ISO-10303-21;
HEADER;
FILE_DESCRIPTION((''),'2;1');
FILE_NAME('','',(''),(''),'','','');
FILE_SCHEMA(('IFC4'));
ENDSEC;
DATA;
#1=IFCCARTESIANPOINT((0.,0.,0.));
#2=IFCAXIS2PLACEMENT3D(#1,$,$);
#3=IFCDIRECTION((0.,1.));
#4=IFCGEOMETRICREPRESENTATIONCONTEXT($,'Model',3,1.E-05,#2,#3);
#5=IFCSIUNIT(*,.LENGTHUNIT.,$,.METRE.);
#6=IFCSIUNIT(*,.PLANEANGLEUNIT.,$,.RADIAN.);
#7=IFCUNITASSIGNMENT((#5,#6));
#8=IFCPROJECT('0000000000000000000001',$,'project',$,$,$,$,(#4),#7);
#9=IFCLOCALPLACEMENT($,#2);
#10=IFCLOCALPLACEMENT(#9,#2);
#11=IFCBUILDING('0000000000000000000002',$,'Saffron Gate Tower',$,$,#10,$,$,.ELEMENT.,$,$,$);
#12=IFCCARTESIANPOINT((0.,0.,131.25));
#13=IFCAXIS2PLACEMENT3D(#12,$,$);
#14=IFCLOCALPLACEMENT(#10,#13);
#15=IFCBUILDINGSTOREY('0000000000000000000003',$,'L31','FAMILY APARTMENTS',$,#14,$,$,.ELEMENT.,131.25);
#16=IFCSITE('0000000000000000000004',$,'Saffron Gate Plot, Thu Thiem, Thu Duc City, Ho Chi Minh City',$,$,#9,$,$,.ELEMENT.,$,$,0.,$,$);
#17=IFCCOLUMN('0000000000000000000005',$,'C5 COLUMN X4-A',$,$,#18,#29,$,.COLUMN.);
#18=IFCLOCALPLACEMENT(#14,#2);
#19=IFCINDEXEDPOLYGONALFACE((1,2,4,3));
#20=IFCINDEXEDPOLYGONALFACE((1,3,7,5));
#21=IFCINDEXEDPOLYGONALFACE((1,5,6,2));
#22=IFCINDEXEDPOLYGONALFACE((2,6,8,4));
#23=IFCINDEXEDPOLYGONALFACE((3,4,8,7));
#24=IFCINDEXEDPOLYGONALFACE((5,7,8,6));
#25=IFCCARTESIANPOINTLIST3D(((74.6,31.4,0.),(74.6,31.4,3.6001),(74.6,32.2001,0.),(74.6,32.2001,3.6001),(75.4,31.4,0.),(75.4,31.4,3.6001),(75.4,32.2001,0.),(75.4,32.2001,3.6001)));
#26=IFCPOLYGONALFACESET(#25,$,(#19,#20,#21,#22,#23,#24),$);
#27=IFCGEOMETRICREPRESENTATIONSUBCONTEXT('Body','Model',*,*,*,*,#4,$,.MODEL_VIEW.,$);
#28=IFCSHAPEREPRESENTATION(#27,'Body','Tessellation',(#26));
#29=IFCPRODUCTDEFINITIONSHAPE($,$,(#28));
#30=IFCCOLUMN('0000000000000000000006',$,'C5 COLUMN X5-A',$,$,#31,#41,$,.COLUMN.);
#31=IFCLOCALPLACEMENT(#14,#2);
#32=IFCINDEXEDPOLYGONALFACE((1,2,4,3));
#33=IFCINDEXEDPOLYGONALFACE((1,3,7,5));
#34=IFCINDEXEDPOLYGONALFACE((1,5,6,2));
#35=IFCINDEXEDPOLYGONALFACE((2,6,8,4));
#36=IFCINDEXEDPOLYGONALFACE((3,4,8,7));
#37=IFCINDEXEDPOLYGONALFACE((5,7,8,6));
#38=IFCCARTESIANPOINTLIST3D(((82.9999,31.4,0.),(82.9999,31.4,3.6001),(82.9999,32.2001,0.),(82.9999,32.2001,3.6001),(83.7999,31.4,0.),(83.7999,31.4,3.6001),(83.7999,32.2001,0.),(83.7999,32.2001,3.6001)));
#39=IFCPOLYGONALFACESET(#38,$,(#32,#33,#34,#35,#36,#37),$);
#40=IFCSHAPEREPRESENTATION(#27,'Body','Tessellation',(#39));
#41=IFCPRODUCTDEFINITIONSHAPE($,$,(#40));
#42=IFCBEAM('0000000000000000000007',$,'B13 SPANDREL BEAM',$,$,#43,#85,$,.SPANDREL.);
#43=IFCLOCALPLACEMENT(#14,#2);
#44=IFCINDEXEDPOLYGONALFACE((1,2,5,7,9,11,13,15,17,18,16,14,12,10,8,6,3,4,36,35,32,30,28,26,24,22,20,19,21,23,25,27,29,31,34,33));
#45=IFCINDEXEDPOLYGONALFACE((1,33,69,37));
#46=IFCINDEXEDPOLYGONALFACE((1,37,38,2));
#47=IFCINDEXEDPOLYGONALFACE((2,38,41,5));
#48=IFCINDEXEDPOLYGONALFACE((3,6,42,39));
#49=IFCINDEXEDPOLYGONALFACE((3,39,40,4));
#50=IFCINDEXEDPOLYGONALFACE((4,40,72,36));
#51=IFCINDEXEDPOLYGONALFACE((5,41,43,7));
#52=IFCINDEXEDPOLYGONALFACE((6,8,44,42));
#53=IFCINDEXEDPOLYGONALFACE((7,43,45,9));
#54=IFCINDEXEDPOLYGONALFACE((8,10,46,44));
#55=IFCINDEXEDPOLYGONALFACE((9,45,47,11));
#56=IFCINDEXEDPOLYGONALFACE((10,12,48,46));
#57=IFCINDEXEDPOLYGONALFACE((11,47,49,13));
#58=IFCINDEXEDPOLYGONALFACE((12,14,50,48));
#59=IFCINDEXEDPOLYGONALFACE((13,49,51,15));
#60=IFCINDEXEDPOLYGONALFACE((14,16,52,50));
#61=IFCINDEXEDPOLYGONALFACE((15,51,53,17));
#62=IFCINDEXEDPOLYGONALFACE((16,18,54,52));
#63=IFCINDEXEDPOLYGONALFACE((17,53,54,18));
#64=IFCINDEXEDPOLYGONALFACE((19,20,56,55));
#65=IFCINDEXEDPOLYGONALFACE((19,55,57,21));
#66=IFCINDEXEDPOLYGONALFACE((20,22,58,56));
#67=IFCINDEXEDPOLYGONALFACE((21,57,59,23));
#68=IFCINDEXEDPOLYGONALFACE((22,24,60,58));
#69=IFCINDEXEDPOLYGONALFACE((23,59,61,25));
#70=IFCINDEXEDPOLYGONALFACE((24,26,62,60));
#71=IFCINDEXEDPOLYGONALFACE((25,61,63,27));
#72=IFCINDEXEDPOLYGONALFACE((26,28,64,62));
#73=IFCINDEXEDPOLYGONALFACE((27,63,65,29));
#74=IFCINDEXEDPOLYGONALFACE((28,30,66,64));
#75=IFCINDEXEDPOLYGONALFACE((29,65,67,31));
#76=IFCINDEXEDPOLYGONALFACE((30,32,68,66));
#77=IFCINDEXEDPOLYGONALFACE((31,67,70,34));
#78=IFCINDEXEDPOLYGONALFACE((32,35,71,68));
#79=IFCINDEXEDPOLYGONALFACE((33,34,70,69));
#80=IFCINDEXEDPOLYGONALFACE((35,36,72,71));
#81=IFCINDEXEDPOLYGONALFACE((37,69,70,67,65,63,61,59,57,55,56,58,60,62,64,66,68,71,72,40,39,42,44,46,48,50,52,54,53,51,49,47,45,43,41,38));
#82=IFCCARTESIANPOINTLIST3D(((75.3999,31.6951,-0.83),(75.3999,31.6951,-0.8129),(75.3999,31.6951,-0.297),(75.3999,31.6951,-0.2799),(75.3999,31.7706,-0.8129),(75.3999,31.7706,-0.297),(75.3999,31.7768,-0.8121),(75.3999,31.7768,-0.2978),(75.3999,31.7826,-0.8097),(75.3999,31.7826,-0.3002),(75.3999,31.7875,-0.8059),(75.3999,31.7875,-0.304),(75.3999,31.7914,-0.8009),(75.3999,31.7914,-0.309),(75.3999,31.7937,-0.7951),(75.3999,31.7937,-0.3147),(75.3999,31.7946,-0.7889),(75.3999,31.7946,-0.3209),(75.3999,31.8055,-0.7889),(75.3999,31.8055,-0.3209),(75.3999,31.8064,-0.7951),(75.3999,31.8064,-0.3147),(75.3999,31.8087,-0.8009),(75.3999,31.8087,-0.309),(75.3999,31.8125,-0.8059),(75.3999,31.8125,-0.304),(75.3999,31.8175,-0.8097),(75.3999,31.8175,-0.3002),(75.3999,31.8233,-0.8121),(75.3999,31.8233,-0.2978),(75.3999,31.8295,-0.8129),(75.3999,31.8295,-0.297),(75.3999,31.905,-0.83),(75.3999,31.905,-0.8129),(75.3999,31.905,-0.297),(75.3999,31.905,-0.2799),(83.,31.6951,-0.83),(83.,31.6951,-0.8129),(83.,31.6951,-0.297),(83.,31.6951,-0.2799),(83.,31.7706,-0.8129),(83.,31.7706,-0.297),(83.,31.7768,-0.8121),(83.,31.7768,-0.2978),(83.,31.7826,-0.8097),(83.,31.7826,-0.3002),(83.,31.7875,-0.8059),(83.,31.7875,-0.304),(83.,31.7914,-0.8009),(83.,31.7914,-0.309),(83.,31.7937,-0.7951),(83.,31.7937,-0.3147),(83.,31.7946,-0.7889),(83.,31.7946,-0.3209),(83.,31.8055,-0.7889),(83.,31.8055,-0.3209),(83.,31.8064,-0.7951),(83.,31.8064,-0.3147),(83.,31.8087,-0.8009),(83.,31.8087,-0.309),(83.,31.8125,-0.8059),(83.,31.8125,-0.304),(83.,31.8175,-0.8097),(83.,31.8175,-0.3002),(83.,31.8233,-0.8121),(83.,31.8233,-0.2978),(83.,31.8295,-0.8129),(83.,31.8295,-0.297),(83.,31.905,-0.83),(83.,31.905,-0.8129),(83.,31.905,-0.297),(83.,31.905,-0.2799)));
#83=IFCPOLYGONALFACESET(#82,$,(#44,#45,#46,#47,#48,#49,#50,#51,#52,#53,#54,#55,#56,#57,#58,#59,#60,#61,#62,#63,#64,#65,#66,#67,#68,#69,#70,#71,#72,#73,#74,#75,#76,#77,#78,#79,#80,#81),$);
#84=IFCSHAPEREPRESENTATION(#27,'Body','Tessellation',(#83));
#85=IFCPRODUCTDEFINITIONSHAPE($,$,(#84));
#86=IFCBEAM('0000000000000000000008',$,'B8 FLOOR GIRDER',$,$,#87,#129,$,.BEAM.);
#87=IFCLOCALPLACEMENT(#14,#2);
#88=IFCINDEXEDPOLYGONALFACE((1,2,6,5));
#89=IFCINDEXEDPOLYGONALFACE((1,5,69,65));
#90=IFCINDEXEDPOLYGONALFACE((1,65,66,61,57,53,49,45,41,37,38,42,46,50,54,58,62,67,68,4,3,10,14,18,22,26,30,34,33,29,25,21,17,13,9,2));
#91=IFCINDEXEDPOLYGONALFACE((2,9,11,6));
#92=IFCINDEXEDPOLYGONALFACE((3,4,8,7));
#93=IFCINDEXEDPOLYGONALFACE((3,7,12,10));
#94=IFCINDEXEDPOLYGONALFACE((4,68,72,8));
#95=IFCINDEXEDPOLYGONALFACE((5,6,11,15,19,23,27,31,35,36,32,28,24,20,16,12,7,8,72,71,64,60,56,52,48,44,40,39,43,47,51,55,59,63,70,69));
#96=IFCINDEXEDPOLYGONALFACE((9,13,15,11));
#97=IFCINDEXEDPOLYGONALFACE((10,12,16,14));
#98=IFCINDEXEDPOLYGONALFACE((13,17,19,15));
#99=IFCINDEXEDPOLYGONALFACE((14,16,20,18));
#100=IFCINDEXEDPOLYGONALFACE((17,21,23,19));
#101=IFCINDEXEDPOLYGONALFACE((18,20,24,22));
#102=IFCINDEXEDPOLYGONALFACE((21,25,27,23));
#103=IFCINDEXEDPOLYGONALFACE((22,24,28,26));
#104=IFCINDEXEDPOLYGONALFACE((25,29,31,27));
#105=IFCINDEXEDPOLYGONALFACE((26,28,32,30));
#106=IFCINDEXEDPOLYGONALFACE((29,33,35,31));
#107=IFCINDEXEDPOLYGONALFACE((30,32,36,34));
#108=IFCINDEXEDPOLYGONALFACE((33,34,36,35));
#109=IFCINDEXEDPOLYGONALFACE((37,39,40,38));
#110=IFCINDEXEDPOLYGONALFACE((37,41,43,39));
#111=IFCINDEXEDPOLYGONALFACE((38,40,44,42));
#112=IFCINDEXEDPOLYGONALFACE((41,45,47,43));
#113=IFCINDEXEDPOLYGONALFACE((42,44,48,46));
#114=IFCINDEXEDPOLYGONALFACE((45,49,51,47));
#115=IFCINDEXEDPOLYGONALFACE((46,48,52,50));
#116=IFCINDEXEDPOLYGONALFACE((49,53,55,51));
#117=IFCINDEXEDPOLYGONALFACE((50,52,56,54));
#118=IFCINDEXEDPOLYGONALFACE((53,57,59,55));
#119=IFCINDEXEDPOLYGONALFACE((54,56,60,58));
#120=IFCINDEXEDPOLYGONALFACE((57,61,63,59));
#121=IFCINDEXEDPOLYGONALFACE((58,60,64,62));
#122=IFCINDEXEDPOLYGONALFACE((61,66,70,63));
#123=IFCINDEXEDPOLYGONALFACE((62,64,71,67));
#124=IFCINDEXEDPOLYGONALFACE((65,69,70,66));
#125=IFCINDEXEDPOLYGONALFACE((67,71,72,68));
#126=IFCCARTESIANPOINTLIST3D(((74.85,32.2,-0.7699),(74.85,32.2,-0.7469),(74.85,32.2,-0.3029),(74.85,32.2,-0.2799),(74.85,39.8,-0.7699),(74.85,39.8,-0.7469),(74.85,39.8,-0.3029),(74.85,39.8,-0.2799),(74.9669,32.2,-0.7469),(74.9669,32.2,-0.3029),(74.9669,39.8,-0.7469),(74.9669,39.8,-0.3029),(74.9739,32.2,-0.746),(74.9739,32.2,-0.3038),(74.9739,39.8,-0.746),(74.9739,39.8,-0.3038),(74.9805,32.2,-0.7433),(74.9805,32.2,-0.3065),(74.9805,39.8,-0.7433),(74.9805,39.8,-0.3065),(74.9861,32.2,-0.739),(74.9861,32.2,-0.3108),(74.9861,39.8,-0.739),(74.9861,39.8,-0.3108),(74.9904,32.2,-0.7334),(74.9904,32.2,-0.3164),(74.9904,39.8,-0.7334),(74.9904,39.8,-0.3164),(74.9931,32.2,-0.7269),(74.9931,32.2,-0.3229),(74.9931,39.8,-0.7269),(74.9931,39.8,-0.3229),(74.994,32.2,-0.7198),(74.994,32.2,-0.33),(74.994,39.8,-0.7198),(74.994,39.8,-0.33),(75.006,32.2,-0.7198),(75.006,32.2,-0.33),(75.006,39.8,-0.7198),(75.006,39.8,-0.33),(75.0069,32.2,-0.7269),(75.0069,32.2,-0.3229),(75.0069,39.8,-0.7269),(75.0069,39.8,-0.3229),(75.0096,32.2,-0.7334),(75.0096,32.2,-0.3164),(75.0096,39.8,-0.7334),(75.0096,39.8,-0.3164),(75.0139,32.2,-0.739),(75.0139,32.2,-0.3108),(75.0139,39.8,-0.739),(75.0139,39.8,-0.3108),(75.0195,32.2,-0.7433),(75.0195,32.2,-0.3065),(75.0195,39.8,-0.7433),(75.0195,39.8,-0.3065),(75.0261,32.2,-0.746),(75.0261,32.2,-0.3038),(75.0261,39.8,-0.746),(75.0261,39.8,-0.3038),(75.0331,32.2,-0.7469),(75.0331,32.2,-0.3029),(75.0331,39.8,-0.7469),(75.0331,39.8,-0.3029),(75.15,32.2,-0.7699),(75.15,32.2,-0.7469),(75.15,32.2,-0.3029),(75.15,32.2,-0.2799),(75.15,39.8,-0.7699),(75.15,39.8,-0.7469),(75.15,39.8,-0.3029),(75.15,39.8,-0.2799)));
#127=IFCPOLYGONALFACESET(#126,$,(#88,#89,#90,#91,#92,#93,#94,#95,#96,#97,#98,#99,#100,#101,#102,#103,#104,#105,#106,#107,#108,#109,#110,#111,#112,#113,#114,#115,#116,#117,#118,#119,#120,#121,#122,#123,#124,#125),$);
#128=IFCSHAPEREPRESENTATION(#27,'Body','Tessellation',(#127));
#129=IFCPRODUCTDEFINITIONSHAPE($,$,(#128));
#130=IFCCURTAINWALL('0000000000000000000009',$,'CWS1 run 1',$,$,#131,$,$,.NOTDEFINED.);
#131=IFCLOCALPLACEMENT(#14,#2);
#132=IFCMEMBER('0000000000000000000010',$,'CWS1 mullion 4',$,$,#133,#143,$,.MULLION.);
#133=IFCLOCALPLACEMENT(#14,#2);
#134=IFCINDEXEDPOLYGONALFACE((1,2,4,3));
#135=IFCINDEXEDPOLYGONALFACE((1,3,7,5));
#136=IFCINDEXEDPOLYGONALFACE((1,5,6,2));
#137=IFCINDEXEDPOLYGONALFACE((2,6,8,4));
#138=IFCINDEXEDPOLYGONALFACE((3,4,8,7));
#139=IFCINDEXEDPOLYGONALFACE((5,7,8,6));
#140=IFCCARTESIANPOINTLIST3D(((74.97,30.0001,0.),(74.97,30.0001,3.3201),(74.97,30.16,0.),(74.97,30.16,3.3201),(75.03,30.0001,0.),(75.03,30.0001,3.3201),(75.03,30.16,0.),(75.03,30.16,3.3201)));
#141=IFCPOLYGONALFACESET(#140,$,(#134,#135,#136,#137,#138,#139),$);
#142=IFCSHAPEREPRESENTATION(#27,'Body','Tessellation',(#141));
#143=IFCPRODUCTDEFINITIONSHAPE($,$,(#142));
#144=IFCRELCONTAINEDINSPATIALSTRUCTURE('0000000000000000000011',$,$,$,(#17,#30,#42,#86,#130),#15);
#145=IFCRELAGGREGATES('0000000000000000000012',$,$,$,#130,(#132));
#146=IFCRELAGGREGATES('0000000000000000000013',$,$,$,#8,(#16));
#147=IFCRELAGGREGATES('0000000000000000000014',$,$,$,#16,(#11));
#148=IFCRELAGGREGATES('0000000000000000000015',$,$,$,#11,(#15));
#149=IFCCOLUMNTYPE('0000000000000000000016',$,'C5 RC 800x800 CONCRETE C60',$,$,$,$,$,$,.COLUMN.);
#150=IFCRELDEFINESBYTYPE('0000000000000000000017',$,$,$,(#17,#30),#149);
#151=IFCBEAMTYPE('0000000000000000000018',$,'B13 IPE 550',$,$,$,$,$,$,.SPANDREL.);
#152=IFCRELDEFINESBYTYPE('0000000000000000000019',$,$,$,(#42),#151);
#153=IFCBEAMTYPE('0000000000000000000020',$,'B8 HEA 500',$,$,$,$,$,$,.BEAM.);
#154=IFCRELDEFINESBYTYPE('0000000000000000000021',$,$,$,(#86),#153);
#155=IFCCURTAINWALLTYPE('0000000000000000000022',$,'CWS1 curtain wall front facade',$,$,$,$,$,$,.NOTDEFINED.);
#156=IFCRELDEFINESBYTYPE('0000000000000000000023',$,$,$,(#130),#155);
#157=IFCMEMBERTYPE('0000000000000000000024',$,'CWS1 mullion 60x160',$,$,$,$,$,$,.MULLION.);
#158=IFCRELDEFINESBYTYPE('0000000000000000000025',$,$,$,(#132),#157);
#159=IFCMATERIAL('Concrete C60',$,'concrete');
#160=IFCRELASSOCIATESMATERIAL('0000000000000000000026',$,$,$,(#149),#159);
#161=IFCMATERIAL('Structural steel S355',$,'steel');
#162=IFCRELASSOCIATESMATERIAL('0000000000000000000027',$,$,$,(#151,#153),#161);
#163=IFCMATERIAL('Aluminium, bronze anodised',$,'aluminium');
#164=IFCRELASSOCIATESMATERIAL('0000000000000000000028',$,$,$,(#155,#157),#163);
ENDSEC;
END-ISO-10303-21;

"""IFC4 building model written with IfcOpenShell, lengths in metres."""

from ifc_helpers import new_model, si_unit, direction, frame, origin, origin_2d, place, context, subcontext, project, spatial, rectangle, i_section, extrude, material, material_profile, profile_set, type_object, element, aggregate, save


model = new_model("IFC4")

# Units and contexts
model_context = context("Model", 3, precision=1e-05, world=origin(), true_north=direction((0.0, 1.0)))
body_context = subcontext(model_context, "Body", "Model", "MODEL_VIEW")
ifc_project = project(units=[si_unit("LENGTHUNIT", "METRE"), si_unit("PLANEANGLEUNIT", "RADIAN")], contexts=[model_context])

# Site, building, storey
site_placement = place(None, origin())
site = spatial("IfcSite", under=ifc_project, at=site_placement, Name="Saffron Gate Plot, Thu Thiem, Thu Duc City, Ho Chi Minh City", CompositionType="ELEMENT", RefElevation=0.0)
building_placement = place(site_placement, origin())
building = spatial("IfcBuilding", under=site, at=building_placement, Name="Saffron Gate Tower", CompositionType="ELEMENT")
storey_placement = place(building_placement, frame((0.0, 0.0, 131.25)))
storey = spatial("IfcBuildingStorey", under=building, at=storey_placement, Name="L31", Description="FAMILY APARTMENTS", CompositionType="ELEMENT", Elevation=131.25)

# Columns
ifc_material_1 = material(Name="Concrete C60", Category="concrete")
ifc_material_profile_1 = material_profile(ifc_material_1, rectangle(XDim=0.8, YDim=0.8, at=origin_2d()))
ifc_profile_set_1 = profile_set([ifc_material_profile_1], Name="Concrete C60")
column_type = type_object("IfcColumnType", Name="C5 RC 800x800 CONCRETE C60", PredefinedType="COLUMN", material=ifc_profile_set_1)
for number, where, z_axis, x_axis, name in (
    (1, (75.0, 31.8, 0.0), (0.0, 0.0, 1.0), (1.0, 0.0, 0.0), "C5 COLUMN X4-A"),
    (2, (83.3999, 31.8, 0.0), (0.0, 0.0, 1.0), (1.0, 0.0, 0.0), "C5 COLUMN X5-A"),
):
    element("IfcColumn", number, at=place(storey_placement, frame(where, z_axis=z_axis, x_axis=x_axis)), inside=storey, type_object=column_type, Name=name, PredefinedType="COLUMN", context=body_context, shape_type="SweptSolid", body=[
        extrude(rectangle(XDim=0.8, YDim=0.8, at=origin_2d()), origin(), (0.0, 0.0, 1.0), 3.6001),
    ])

# Beams
ifc_material_2 = material(Name="Structural steel S355", Category="steel")
ifc_material_profile_2 = material_profile(ifc_material_2, i_section(OverallWidth=0.21, OverallDepth=0.55, WebThickness=0.011, FlangeThickness=0.0171, FilletRadius=0.0239, at=origin_2d()))
ifc_profile_set_2 = profile_set([ifc_material_profile_2], Name="Structural steel S355")
beam_type_1 = type_object("IfcBeamType", Name="B13 IPE 550", PredefinedType="SPANDREL", material=ifc_profile_set_2)
beam_1_placement = place(storey_placement, frame((75.3999, 31.8, -0.5549), z_axis=(1.0, 0.0, 0.0), x_axis=(0.0, 1.0, 0.0)))
element("IfcBeam", 3, at=beam_1_placement, inside=storey, type_object=beam_type_1, Name="B13 SPANDREL BEAM", PredefinedType="SPANDREL", context=body_context, shape_type="SweptSolid", body=[
    extrude(i_section(OverallWidth=0.21, OverallDepth=0.55, WebThickness=0.011, FlangeThickness=0.0171, FilletRadius=0.0239, at=origin_2d()), origin(), (0.0, 0.0, 1.0), 7.6001),
])
ifc_material_profile_3 = material_profile(ifc_material_2, i_section(OverallWidth=0.3, OverallDepth=0.49, WebThickness=0.012, FlangeThickness=0.0229, FilletRadius=0.0271, at=origin_2d()))
ifc_profile_set_3 = profile_set([ifc_material_profile_3], Name="Structural steel S355")
beam_type_2 = type_object("IfcBeamType", Name="B8 HEA 500", PredefinedType="BEAM", material=ifc_profile_set_3)
beam_2_placement = place(storey_placement, frame((75.0, 32.2, -0.5249), z_axis=(0.0, 1.0, 0.0), x_axis=(-1.0, 0.0, 0.0)))
element("IfcBeam", 4, at=beam_2_placement, inside=storey, type_object=beam_type_2, Name="B8 FLOOR GIRDER", PredefinedType="BEAM", context=body_context, shape_type="SweptSolid", body=[
    extrude(i_section(OverallWidth=0.3, OverallDepth=0.49, WebThickness=0.012, FlangeThickness=0.0229, FilletRadius=0.0271, at=origin_2d()), origin(), (0.0, 0.0, 1.0), 7.6001),
])

# Curtain wall, member
ifc_material_3 = material(Name="Aluminium, bronze anodised", Category="aluminium")
curtain_wall_type = type_object("IfcCurtainWallType", Name="CWS1 curtain wall front facade", PredefinedType="NOTDEFINED", material=ifc_material_3)
curtain_wall_placement = place(storey_placement, origin())
curtain_wall = element("IfcCurtainWall", 5, at=curtain_wall_placement, inside=storey, type_object=curtain_wall_type, Name="CWS1 run 1", PredefinedType="NOTDEFINED")
ifc_material_profile_4 = material_profile(ifc_material_3, rectangle(XDim=0.1599, YDim=0.0601, at=origin_2d()))
ifc_profile_set_4 = profile_set([ifc_material_profile_4], Name="Aluminium, bronze anodised")
member_type = type_object("IfcMemberType", Name="CWS1 mullion 60x160", PredefinedType="MULLION", material=ifc_profile_set_4)
member_placement = place(storey_placement, frame((75.0, 30.0801, 0.0), z_axis=(0.0, 0.0, 1.0), x_axis=(0.0, 1.0, 0.0)))
member = element("IfcMember", 6, at=member_placement, type_object=member_type, Name="CWS1 mullion 4", PredefinedType="MULLION", context=body_context, shape_type="SweptSolid", body=[
    extrude(rectangle(XDim=0.1599, YDim=0.0601, at=origin_2d()), origin(), (0.0, 0.0, 1.0), 3.3201),
])
aggregate(curtain_wall, [member])

save(model, "model.ifc")
